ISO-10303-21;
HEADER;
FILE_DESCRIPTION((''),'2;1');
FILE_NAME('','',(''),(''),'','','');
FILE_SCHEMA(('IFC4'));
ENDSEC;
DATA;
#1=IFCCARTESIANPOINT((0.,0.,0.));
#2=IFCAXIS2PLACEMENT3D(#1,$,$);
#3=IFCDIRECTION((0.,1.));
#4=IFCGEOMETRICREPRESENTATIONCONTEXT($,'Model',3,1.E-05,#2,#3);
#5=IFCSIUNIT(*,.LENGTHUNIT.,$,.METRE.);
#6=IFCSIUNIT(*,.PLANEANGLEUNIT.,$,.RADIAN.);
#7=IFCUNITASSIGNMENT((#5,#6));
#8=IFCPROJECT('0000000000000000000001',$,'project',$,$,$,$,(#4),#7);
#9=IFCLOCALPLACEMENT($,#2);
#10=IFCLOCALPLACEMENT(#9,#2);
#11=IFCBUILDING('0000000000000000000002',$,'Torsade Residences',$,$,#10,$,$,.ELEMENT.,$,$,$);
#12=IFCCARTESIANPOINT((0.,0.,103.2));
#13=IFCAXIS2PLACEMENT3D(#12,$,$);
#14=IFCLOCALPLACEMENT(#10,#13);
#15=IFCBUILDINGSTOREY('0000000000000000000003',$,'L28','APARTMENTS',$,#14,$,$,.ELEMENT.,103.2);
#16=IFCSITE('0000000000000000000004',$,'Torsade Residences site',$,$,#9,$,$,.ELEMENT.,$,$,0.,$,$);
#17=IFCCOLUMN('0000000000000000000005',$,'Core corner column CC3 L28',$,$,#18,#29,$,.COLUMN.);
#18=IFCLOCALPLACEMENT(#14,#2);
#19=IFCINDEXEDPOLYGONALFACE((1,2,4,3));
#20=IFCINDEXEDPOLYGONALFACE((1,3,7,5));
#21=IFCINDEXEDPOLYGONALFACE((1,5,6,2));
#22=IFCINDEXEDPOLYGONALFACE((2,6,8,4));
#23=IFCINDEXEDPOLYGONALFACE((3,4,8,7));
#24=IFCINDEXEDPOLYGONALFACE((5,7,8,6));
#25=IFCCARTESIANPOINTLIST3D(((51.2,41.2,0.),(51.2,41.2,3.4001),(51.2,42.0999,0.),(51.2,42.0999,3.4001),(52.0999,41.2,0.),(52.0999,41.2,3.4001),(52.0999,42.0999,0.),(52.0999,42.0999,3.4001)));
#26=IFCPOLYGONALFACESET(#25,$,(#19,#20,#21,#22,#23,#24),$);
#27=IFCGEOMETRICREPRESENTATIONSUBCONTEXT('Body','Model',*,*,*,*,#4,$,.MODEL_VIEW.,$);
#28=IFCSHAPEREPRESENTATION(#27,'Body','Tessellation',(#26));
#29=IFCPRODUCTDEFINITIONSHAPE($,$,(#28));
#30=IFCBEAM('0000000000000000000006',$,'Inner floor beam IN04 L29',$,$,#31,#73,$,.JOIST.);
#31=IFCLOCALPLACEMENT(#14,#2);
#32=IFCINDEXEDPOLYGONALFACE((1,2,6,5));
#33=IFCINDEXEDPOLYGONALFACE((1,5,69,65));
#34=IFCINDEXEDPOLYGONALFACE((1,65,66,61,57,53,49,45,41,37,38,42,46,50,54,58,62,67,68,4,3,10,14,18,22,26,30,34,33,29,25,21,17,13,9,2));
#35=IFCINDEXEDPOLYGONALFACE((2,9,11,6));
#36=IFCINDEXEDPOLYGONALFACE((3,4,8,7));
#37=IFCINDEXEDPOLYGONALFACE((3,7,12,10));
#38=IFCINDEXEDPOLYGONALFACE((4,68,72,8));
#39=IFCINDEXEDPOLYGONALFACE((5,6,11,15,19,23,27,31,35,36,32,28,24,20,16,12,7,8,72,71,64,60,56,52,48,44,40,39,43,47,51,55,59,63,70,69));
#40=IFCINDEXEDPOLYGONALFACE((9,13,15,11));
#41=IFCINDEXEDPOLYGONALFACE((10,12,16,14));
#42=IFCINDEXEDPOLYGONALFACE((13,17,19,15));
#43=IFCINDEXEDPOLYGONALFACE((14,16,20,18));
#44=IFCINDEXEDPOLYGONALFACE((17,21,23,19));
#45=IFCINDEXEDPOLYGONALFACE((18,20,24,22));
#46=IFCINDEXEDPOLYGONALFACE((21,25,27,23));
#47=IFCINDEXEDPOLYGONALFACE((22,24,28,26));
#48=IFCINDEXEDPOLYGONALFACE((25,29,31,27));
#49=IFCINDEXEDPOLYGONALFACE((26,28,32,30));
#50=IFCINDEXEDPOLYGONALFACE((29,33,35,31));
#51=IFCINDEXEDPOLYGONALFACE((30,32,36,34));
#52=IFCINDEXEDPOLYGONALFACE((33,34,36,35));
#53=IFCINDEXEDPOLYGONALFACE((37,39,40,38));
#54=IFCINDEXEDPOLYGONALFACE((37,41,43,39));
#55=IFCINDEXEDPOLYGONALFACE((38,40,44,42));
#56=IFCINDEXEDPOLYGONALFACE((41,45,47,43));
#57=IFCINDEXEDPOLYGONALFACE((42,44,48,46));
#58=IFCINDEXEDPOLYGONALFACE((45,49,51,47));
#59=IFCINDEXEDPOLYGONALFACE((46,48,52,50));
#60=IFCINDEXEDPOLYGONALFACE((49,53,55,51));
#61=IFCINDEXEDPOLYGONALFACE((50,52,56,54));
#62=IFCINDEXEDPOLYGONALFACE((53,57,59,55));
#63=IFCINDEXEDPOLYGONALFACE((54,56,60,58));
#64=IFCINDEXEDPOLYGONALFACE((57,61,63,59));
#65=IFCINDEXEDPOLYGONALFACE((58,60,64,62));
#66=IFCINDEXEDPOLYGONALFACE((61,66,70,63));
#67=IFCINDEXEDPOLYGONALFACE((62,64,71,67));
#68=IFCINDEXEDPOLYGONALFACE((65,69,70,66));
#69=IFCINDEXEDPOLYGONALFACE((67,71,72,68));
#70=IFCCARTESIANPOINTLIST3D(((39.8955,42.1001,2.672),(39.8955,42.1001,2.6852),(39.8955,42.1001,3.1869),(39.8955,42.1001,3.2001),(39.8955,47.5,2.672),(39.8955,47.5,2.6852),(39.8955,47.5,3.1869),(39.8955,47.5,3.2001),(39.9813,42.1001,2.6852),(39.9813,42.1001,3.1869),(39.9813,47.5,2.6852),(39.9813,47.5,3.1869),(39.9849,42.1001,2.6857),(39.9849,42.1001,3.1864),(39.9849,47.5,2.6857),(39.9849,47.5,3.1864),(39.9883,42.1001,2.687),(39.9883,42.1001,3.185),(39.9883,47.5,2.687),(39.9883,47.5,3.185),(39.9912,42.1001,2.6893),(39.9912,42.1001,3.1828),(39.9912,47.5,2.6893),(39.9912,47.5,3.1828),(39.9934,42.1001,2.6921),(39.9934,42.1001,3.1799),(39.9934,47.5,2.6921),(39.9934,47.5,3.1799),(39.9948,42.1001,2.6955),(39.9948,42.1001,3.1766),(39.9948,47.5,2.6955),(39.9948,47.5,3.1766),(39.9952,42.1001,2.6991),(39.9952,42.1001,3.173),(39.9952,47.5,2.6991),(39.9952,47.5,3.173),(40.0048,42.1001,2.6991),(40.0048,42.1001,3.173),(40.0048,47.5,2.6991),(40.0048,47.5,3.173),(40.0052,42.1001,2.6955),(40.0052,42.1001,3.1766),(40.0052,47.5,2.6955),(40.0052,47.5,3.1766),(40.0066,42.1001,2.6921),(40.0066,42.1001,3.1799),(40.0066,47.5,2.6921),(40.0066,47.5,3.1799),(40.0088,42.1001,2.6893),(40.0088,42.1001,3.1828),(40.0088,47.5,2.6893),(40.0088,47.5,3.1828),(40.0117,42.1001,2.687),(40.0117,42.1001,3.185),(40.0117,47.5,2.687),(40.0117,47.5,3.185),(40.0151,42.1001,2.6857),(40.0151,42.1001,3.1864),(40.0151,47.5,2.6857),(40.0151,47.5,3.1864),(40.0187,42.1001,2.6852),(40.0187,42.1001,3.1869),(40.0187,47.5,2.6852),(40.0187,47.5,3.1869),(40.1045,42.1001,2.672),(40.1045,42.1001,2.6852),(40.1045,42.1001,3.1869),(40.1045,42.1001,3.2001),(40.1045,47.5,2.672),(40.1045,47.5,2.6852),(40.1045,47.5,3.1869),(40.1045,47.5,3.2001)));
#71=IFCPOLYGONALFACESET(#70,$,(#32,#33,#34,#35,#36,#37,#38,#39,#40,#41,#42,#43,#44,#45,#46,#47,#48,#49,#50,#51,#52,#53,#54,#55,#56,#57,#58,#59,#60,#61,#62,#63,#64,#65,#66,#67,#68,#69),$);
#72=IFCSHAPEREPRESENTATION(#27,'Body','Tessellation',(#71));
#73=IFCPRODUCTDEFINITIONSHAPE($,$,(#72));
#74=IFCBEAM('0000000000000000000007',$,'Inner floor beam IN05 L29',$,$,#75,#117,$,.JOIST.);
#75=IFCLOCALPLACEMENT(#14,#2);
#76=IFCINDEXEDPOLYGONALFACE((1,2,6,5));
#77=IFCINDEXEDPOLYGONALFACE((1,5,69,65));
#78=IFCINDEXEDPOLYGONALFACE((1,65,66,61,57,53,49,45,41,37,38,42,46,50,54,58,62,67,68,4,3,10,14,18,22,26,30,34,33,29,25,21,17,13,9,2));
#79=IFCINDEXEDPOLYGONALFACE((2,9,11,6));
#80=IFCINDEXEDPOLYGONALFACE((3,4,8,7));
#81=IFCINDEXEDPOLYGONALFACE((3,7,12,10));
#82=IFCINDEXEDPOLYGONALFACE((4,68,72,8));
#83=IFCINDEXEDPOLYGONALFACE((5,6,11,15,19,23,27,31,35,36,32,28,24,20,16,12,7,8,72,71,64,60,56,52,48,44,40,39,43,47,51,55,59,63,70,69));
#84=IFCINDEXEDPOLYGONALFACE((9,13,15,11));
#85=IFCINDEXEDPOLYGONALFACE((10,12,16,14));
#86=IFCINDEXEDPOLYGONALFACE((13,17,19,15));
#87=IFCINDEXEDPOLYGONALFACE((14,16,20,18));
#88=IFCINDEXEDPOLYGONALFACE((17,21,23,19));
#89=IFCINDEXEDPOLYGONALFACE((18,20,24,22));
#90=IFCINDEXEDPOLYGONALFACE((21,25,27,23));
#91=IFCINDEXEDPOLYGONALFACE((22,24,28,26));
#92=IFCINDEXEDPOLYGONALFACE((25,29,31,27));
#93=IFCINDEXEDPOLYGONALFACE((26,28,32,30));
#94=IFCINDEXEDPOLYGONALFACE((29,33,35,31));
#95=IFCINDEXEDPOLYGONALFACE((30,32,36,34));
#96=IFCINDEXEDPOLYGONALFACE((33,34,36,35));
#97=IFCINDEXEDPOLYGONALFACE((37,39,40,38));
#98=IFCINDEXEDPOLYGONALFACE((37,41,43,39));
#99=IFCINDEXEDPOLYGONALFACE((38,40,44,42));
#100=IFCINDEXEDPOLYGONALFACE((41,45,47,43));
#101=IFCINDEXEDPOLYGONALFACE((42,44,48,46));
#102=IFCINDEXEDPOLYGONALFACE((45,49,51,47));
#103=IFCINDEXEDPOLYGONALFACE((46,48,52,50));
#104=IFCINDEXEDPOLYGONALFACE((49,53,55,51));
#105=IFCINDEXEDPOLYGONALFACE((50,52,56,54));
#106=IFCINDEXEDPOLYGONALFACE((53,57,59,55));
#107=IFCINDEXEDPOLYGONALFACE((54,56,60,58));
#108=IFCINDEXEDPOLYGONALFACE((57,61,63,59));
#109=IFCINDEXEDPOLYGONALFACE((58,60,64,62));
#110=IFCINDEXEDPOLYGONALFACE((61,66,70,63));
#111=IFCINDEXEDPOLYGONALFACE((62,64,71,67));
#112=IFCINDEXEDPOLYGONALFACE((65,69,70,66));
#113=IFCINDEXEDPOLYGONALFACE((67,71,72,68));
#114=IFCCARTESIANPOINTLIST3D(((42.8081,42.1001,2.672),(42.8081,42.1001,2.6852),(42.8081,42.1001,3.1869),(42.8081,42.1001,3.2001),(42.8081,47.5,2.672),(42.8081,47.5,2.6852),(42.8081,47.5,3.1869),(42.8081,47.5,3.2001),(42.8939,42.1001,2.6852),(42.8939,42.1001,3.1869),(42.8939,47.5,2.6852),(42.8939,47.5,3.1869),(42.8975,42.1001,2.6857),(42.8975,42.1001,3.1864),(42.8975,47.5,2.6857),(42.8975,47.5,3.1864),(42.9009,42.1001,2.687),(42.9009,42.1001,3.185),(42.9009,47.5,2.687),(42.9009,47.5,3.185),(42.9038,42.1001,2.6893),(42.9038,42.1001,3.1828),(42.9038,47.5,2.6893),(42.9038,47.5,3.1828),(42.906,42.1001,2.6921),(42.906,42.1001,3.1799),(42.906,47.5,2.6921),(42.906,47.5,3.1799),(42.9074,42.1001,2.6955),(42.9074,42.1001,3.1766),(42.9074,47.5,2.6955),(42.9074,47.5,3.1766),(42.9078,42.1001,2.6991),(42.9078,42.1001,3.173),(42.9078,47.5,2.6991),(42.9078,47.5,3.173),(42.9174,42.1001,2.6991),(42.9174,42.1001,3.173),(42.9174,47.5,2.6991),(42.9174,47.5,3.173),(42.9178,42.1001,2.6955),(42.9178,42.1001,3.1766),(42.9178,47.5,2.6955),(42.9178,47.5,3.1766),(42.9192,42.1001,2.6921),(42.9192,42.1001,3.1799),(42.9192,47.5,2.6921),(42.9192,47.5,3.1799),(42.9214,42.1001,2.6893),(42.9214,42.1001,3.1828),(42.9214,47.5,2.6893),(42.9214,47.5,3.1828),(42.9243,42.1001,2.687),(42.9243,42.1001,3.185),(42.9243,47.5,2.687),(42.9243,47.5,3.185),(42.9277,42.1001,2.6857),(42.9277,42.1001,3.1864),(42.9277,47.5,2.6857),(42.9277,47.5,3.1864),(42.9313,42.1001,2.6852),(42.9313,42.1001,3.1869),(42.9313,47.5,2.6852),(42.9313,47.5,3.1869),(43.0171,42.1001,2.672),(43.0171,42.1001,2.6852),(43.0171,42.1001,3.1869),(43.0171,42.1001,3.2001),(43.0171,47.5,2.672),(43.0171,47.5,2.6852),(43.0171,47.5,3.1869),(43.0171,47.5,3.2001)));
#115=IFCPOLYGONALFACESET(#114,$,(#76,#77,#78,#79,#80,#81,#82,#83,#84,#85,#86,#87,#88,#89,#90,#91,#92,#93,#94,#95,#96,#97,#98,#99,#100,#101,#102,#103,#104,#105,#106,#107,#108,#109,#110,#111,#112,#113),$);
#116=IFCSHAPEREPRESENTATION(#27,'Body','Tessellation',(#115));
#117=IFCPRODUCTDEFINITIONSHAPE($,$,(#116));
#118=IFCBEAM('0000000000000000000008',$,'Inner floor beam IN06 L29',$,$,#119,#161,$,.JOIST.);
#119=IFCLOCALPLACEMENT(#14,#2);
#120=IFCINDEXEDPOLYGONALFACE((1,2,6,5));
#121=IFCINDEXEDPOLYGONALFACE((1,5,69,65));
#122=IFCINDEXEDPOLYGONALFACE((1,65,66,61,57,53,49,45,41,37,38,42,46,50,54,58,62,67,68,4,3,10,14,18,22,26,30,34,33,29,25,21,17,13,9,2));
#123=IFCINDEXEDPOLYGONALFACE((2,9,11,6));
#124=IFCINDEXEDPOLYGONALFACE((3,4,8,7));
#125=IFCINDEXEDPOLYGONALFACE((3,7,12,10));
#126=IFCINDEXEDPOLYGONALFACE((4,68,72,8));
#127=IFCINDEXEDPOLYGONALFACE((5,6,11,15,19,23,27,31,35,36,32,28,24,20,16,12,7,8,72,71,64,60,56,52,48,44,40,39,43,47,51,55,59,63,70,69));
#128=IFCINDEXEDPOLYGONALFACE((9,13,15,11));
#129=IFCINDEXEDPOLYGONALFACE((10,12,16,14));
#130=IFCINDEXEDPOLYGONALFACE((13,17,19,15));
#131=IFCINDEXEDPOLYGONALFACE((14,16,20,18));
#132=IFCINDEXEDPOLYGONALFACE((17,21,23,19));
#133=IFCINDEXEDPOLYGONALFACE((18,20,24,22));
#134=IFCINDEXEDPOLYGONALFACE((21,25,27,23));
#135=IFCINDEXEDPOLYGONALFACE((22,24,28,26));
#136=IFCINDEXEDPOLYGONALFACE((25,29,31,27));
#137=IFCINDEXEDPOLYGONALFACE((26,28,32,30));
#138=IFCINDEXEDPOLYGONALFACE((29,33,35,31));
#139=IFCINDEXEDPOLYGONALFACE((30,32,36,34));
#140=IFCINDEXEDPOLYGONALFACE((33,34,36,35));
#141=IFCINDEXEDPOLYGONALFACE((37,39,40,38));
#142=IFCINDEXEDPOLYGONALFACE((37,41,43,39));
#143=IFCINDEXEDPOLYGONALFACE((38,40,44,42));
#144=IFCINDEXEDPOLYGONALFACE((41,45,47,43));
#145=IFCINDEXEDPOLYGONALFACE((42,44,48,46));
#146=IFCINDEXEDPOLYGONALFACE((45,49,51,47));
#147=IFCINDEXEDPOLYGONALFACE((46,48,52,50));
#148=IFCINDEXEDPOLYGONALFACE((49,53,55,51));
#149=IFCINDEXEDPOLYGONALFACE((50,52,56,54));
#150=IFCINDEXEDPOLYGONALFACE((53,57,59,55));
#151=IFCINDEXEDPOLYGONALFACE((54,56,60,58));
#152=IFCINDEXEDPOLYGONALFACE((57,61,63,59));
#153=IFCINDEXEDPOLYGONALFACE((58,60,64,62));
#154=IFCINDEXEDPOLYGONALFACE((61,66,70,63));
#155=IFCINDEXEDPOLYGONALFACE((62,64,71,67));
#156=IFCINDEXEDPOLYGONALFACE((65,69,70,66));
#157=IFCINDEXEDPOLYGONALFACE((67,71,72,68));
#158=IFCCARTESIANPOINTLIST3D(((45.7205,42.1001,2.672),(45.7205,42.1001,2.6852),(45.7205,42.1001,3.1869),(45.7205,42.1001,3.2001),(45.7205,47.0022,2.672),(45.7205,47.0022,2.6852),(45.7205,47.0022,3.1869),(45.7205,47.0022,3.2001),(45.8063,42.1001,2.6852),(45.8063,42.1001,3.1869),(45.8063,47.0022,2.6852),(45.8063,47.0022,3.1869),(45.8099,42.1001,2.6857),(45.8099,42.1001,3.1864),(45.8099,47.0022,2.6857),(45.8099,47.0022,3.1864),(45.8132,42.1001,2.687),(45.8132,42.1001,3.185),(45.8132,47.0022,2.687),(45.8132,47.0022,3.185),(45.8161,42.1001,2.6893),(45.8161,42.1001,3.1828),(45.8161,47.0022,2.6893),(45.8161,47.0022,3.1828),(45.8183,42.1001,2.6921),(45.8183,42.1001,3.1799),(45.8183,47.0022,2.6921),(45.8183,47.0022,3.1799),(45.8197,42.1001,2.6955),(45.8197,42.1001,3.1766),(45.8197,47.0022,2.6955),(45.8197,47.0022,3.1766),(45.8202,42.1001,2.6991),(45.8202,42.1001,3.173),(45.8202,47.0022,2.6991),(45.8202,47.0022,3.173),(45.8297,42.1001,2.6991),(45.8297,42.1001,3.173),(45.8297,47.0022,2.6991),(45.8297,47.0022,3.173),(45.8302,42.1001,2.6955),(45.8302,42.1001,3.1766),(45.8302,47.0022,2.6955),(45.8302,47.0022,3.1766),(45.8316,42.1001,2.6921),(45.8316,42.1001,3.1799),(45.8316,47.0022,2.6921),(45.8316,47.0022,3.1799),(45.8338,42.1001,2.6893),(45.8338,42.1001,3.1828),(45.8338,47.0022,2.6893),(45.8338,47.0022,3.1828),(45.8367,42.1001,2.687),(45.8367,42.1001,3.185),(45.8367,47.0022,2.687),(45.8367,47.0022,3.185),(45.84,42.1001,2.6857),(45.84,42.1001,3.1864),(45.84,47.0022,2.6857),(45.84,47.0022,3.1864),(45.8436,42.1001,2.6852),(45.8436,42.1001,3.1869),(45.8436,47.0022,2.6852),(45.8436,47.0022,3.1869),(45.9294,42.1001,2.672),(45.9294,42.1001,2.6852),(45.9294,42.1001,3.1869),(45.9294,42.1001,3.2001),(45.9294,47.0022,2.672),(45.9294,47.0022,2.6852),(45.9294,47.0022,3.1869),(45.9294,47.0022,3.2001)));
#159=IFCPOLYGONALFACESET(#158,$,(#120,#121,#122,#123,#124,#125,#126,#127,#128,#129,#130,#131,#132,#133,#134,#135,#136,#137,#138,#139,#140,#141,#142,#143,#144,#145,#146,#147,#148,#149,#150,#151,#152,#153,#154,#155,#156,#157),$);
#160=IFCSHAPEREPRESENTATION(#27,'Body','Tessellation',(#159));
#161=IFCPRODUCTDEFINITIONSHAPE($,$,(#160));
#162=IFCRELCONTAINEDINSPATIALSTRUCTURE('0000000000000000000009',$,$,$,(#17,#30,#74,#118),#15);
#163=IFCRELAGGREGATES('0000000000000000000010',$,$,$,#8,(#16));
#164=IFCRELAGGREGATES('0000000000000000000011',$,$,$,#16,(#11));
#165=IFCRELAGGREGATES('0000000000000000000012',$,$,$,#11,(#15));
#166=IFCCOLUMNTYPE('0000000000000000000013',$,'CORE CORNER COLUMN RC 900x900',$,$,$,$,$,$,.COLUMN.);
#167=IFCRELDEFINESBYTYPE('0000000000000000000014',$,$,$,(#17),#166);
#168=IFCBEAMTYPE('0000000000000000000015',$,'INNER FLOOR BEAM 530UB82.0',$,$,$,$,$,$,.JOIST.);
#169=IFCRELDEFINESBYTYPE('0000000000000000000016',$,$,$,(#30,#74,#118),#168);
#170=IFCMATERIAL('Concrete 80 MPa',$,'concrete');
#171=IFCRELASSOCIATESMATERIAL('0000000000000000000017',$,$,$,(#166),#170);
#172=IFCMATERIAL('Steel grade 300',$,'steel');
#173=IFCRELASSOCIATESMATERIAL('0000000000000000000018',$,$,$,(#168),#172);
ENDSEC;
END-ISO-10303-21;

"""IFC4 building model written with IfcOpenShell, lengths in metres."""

from ifc_helpers import new_model, si_unit, direction, frame, origin, origin_2d, place, context, subcontext, project, spatial, rectangle, i_section, extrude, material, material_profile, profile_set, type_object, element, save


model = new_model("IFC4")

# Units and contexts
model_context = context("Model", 3, precision=1e-05, world=origin(), true_north=direction((0.0, 1.0)))
body_context = subcontext(model_context, "Body", "Model", "MODEL_VIEW")
ifc_project = project(units=[si_unit("LENGTHUNIT", "METRE"), si_unit("PLANEANGLEUNIT", "RADIAN")], contexts=[model_context])

# Site, building, storey
site_placement = place(None, origin())
site = spatial("IfcSite", under=ifc_project, at=site_placement, Name="Torsade Residences site", CompositionType="ELEMENT", RefElevation=0.0)
building_placement = place(site_placement, origin())
building = spatial("IfcBuilding", under=site, at=building_placement, Name="Torsade Residences", CompositionType="ELEMENT")
storey_placement = place(building_placement, frame((0.0, 0.0, 103.2)))
storey = spatial("IfcBuildingStorey", under=building, at=storey_placement, Name="L28", Description="APARTMENTS", CompositionType="ELEMENT", Elevation=103.2)

# Column
ifc_material_1 = material(Name="Concrete 80 MPa", Category="concrete")
ifc_material_profile_1 = material_profile(ifc_material_1, rectangle(XDim=0.8999, YDim=0.8999, at=origin_2d()), Name="RC 900x900")
ifc_profile_set_1 = profile_set([ifc_material_profile_1], Name="Concrete 80 MPa")
column_type = type_object("IfcColumnType", Name="CORE CORNER COLUMN RC 900x900", PredefinedType="COLUMN", material=ifc_profile_set_1)
column_placement = place(storey_placement, frame((51.6499, 41.6499, 0.0), z_axis=(0.0, 0.0, 1.0), x_axis=(1.0, 0.0, 0.0)))
element("IfcColumn", 1, at=column_placement, inside=storey, type_object=column_type, Name="Core corner column CC3 L28", PredefinedType="COLUMN", context=body_context, shape_type="SweptSolid", body=[
    extrude(rectangle(XDim=0.8999, YDim=0.8999, at=origin_2d()), origin(), (0.0, 0.0, 1.0), 3.4001),
])

# Beams
ifc_material_2 = material(Name="Steel grade 300", Category="steel")
ifc_material_profile_2 = material_profile(ifc_material_2, i_section(OverallWidth=0.209, OverallDepth=0.5281, WebThickness=0.0095, FlangeThickness=0.0132, FilletRadius=0.0139, at=origin_2d()), Name="530UB82.0")
ifc_profile_set_2 = profile_set([ifc_material_profile_2], Name="Steel grade 300")
beam_type = type_object("IfcBeamType", Name="INNER FLOOR BEAM 530UB82.0", PredefinedType="JOIST", material=ifc_profile_set_2)
for number, where, z_axis, x_axis, name in (
    (2, (40.0, 42.1001, 2.936), (0.0, 1.0, 0.0), (-1.0, 0.0, 0.0), "Inner floor beam IN04 L29"),
    (3, (42.9126, 42.1001, 2.936), (0.0, 1.0, 0.0), (-1.0, 0.0, 0.0), "Inner floor beam IN05 L29"),
):
    element("IfcBeam", number, at=place(storey_placement, frame(where, z_axis=z_axis, x_axis=x_axis)), inside=storey, type_object=beam_type, Name=name, PredefinedType="JOIST", context=body_context, shape_type="SweptSolid", body=[
        extrude(i_section(OverallWidth=0.209, OverallDepth=0.5281, WebThickness=0.0095, FlangeThickness=0.0132, FilletRadius=0.0139, at=origin_2d()), origin(), (0.0, 0.0, 1.0), 5.3999),
    ])
beam_1_placement = place(storey_placement, frame((45.825, 42.1001, 2.936), z_axis=(0.0, 1.0, 0.0), x_axis=(-1.0, 0.0, 0.0)))
element("IfcBeam", 4, at=beam_1_placement, inside=storey, type_object=beam_type, Name="Inner floor beam IN06 L29", PredefinedType="JOIST", context=body_context, shape_type="SweptSolid", body=[
    extrude(i_section(OverallWidth=0.209, OverallDepth=0.5281, WebThickness=0.0095, FlangeThickness=0.0132, FilletRadius=0.0139, at=origin_2d()), origin(), (0.0, 0.0, 1.0), 4.9021),
])

save(model, "model.ifc")
